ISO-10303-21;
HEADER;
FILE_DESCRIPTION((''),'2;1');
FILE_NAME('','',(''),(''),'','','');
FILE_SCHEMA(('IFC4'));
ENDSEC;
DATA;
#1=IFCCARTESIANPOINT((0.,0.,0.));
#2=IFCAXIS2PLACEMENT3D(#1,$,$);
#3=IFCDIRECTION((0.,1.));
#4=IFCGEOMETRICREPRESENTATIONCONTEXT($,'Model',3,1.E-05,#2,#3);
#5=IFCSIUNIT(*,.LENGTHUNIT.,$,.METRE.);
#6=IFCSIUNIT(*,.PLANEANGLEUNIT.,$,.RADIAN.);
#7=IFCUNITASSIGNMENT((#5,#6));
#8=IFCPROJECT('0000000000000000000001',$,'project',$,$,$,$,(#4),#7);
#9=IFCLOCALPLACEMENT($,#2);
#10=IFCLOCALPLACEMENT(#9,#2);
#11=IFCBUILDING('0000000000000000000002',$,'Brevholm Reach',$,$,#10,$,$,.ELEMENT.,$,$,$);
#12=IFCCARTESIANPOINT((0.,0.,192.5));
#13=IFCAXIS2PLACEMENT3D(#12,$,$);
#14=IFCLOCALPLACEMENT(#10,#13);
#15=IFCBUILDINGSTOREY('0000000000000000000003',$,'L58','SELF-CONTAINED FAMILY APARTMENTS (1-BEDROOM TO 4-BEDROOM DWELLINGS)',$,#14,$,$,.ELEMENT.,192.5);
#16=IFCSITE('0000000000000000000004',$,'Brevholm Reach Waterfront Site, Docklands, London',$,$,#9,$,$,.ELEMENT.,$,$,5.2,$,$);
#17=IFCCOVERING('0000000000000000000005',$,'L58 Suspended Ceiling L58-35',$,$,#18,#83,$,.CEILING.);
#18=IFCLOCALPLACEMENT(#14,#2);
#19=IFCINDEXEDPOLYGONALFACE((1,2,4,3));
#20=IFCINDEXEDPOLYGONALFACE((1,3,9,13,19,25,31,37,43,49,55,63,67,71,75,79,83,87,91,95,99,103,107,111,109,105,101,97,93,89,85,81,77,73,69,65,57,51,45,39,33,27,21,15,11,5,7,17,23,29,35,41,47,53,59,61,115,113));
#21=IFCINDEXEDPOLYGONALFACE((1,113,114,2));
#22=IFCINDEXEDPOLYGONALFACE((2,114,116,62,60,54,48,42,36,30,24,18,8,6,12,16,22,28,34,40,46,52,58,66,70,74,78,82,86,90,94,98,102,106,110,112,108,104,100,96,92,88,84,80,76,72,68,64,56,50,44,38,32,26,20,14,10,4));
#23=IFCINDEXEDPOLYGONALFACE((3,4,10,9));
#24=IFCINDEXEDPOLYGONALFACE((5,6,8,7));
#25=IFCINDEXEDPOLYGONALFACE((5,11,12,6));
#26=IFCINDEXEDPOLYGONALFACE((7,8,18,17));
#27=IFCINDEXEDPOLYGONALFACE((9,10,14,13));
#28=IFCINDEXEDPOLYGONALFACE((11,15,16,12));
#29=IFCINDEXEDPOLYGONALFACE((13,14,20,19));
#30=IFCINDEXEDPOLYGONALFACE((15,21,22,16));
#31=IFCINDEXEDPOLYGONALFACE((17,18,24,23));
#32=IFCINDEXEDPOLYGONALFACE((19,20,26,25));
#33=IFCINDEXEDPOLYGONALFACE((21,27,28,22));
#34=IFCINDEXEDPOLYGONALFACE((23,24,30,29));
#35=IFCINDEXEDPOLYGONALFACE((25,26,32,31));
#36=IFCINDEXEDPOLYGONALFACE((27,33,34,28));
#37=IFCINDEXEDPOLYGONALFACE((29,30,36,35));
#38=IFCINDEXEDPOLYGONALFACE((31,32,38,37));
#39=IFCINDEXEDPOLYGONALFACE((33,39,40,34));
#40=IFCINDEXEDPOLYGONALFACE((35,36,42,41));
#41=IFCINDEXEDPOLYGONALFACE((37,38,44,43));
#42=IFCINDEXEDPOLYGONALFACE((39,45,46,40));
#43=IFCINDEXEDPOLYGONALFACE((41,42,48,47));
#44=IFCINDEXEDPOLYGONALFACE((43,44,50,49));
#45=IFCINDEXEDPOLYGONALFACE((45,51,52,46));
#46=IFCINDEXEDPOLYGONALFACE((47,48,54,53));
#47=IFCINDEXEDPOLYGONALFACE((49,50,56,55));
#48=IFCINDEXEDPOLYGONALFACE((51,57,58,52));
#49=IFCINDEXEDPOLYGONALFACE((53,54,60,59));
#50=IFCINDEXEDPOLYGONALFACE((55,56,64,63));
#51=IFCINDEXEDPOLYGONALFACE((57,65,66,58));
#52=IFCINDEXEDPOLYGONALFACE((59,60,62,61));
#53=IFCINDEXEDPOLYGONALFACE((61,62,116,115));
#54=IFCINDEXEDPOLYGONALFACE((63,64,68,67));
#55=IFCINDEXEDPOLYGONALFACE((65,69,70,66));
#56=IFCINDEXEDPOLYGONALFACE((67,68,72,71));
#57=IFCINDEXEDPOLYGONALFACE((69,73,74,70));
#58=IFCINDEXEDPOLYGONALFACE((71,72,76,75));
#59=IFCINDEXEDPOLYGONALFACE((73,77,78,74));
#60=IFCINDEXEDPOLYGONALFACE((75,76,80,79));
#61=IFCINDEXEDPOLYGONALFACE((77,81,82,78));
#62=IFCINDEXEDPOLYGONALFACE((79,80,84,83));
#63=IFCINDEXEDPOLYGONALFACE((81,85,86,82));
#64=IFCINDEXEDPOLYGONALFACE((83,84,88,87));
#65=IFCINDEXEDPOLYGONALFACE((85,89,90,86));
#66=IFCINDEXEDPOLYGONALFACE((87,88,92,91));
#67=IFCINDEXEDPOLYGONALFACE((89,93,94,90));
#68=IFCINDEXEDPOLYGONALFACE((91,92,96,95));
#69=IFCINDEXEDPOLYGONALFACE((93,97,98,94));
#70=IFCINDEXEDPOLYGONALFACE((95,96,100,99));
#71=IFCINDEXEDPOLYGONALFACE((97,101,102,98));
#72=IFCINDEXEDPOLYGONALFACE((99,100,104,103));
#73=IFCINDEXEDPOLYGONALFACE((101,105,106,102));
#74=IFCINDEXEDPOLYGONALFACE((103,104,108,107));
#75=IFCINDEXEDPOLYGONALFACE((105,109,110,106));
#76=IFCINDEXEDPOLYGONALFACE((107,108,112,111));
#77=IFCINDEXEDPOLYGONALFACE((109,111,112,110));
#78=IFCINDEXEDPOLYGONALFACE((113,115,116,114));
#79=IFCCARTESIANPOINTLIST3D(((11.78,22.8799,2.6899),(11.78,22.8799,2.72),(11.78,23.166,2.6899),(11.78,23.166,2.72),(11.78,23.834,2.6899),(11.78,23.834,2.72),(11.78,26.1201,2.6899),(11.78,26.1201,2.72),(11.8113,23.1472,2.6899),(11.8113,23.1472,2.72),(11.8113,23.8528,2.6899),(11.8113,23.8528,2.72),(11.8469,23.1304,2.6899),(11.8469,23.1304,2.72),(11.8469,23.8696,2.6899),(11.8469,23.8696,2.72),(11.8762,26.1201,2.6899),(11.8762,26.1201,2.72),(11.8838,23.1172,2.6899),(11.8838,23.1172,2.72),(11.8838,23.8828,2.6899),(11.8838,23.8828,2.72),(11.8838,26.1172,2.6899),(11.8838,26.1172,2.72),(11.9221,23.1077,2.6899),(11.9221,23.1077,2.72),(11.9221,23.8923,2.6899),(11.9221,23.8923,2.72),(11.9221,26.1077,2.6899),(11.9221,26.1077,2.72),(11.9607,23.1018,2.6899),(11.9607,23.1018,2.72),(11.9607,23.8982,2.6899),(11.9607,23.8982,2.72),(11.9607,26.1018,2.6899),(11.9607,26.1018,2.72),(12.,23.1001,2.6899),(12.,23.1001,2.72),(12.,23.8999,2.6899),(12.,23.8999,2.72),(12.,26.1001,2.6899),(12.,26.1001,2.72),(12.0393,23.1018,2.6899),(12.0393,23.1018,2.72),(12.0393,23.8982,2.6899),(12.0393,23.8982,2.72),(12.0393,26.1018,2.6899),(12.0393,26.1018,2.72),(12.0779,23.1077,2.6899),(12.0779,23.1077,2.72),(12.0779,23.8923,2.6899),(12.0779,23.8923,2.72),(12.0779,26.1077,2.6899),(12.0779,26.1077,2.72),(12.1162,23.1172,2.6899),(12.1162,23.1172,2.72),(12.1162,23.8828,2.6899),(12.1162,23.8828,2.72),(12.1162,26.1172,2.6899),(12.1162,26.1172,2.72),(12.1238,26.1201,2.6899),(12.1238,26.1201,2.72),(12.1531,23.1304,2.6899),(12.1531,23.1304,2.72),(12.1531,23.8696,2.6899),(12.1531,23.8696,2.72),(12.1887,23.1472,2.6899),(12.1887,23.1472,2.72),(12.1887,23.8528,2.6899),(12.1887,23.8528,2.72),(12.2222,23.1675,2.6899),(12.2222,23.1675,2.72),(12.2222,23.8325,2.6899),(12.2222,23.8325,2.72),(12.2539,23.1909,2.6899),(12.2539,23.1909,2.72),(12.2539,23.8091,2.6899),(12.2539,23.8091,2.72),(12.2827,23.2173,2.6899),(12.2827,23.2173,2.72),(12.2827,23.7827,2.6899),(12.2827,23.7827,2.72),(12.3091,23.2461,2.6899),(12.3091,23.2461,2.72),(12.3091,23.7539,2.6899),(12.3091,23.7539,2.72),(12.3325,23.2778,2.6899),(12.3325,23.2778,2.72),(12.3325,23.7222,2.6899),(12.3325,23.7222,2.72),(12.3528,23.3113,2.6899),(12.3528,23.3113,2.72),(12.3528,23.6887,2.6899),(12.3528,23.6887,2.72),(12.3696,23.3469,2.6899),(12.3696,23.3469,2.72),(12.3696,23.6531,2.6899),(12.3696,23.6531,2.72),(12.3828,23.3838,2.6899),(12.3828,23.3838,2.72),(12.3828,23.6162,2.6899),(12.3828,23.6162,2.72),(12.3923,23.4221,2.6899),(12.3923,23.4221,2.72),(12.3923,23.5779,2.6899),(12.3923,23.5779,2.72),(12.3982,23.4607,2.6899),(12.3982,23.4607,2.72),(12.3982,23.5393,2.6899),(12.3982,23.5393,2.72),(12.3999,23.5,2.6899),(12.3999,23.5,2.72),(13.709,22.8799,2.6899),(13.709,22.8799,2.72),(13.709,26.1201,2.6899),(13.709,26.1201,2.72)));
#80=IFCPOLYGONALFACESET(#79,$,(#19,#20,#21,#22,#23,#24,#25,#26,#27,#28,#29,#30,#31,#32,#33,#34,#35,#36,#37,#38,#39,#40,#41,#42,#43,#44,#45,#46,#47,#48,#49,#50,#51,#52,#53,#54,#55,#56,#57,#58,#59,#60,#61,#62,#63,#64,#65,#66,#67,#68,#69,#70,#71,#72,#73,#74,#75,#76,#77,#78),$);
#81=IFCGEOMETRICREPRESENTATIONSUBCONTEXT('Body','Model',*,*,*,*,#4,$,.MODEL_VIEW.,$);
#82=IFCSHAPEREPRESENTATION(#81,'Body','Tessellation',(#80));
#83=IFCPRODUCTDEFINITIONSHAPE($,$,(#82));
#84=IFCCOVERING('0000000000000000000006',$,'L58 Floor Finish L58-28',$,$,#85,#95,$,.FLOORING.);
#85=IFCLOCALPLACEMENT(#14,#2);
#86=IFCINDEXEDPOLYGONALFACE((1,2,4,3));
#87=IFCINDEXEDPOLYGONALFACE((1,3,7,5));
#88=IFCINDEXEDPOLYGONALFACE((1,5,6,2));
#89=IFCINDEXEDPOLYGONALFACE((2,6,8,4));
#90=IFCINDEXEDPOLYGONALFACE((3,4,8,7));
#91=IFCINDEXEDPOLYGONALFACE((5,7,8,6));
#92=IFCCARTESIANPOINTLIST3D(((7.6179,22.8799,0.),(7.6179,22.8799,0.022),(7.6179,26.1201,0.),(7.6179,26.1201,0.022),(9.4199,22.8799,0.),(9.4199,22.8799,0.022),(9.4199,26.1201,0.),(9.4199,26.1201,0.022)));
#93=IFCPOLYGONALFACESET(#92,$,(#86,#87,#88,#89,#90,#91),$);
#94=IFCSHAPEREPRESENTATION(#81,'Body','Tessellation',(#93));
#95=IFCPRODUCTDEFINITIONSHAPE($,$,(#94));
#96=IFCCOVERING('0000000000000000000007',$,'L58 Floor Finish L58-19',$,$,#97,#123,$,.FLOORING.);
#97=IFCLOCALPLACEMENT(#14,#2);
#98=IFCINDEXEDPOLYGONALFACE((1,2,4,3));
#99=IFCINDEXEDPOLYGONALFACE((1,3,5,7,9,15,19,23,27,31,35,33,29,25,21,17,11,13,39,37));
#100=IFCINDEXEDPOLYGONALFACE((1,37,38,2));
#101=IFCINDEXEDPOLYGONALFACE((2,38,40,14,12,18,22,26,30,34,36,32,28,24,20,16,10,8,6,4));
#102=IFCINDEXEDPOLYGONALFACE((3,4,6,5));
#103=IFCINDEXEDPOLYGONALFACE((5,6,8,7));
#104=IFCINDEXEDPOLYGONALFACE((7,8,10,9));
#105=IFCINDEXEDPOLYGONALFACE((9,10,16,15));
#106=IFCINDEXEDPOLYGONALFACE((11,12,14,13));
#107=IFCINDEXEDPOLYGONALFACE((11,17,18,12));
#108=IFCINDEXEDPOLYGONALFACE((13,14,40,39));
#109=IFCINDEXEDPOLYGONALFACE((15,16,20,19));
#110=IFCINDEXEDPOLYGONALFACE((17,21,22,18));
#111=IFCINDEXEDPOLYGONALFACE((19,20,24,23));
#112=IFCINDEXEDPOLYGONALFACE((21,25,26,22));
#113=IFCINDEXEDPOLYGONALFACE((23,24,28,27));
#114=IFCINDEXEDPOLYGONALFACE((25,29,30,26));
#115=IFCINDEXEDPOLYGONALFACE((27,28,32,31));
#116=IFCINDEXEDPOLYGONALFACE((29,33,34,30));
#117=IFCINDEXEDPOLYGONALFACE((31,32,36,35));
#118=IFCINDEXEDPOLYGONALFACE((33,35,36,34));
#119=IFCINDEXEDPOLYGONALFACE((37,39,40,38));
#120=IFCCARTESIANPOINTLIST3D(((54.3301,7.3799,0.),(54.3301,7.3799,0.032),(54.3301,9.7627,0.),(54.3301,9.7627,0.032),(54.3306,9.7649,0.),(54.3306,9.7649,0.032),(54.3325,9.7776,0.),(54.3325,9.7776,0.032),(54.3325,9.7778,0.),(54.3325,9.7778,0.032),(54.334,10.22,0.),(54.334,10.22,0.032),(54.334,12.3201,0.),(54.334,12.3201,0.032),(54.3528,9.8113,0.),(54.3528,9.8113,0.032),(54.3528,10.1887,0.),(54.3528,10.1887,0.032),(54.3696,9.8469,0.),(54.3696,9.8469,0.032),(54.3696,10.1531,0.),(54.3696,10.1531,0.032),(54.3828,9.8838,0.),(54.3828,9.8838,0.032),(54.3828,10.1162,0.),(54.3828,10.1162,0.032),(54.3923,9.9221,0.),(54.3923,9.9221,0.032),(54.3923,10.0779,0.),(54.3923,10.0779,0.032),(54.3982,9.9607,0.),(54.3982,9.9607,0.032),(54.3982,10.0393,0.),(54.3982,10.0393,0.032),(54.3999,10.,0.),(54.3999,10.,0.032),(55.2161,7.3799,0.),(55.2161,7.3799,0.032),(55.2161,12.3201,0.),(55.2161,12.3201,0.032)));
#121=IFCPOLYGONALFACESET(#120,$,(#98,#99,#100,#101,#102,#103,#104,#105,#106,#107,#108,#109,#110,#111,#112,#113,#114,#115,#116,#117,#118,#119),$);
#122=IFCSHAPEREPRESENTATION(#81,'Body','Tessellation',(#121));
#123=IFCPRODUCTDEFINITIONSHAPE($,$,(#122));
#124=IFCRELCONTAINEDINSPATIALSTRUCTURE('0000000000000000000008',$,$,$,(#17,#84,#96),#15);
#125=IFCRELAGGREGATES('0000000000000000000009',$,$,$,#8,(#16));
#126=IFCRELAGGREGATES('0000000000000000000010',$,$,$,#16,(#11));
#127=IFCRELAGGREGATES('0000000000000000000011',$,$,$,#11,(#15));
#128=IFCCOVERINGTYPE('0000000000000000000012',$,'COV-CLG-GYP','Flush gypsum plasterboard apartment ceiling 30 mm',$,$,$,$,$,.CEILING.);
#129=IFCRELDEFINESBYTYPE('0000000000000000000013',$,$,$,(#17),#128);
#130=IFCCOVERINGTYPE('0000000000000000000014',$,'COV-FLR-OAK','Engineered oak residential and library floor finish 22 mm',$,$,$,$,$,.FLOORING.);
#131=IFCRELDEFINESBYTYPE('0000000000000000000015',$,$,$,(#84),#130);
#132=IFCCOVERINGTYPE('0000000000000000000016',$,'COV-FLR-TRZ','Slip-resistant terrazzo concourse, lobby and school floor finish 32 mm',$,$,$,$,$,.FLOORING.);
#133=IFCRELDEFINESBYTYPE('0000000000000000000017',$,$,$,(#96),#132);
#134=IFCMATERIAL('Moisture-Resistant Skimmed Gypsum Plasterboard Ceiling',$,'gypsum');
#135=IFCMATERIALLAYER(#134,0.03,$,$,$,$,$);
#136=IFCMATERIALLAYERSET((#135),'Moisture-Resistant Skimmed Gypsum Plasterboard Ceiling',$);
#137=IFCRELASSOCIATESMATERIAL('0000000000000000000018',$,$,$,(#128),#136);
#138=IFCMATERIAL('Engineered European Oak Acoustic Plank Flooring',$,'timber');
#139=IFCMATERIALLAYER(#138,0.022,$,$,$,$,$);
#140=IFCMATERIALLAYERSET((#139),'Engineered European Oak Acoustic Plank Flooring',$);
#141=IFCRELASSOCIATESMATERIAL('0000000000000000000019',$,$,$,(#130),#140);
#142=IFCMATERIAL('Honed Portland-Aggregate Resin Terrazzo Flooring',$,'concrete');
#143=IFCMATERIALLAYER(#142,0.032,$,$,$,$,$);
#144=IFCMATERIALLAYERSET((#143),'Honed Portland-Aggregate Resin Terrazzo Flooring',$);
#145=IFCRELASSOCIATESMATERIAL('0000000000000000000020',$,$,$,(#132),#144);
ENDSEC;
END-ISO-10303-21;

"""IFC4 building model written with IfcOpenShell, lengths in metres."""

from ifc_helpers import new_model, si_unit, direction, frame, origin, place, context, subcontext, project, spatial, polyline, outline, extrude, material, layer, layer_set, type_object, element, save


model = new_model("IFC4")

# Units and contexts
model_context = context("Model", 3, precision=1e-05, world=origin(), true_north=direction((0.0, 1.0)))
body_context = subcontext(model_context, "Body", "Model", "MODEL_VIEW")
ifc_project = project(units=[si_unit("LENGTHUNIT", "METRE"), si_unit("PLANEANGLEUNIT", "RADIAN")], contexts=[model_context])

# Site, building, storey
site_placement = place(None, origin())
site = spatial("IfcSite", under=ifc_project, at=site_placement, Name="Brevholm Reach Waterfront Site, Docklands, London", CompositionType="ELEMENT", RefElevation=5.2)
building_placement = place(site_placement, origin())
building = spatial("IfcBuilding", under=site, at=building_placement, Name="Brevholm Reach", CompositionType="ELEMENT")
storey_placement = place(building_placement, frame((0.0, 0.0, 192.5)))
storey = spatial("IfcBuildingStorey", under=building, at=storey_placement, Name="L58", Description="SELF-CONTAINED FAMILY APARTMENTS (1-BEDROOM TO 4-BEDROOM DWELLINGS)", CompositionType="ELEMENT", Elevation=192.5)

# Coverings
ifc_material_1 = material(Name="Moisture-Resistant Skimmed Gypsum Plasterboard Ceiling", Category="gypsum")
ifc_layer_1 = layer(ifc_material_1, 0.03)
ifc_layer_set_1 = layer_set([ifc_layer_1], Name="Moisture-Resistant Skimmed Gypsum Plasterboard Ceiling")
covering_type_1 = type_object("IfcCoveringType", Name="COV-CLG-GYP", Description="Flush gypsum plasterboard apartment ceiling 30 mm", PredefinedType="CEILING", material=ifc_layer_set_1)
covering_1_placement = place(storey_placement, frame((0.0, 0.0, 2.6899)))
element("IfcCovering", 1, at=covering_1_placement, inside=storey, type_object=covering_type_1, Name="L58 Suspended Ceiling L58-35", PredefinedType="CEILING", context=body_context, shape_type="SweptSolid", body=[
    extrude(outline(polyline([(11.78, 23.166), (11.8113, 23.1472), (11.8469, 23.1304), (11.8838, 23.1172), (11.9221, 23.1077), (11.9607, 23.1018), (12.0, 23.1001), (12.0393, 23.1018), (12.0779, 23.1077), (12.1162, 23.1172), (12.1531, 23.1304), (12.1887, 23.1472), (12.2222, 23.1675), (12.2539, 23.1909), (12.2827, 23.2173), (12.3091, 23.2461), (12.3325, 23.2778), (12.3528, 23.3113), (12.3696, 23.3469), (12.3828, 23.3838), (12.3923, 23.4221), (12.3982, 23.4607), (12.3999, 23.5), (12.3982, 23.5393), (12.3923, 23.5779), (12.3828, 23.6162), (12.3696, 23.6531), (12.3528, 23.6887), (12.3325, 23.7222), (12.3091, 23.7539), (12.2827, 23.7827), (12.2539, 23.8091), (12.2222, 23.8325), (12.1887, 23.8528), (12.1531, 23.8696), (12.1162, 23.8828), (12.0779, 23.8923), (12.0393, 23.8982), (12.0, 23.8999), (11.9607, 23.8982), (11.9221, 23.8923), (11.8838, 23.8828), (11.8469, 23.8696), (11.8113, 23.8528), (11.78, 23.834), (11.78, 26.1201), (11.8762, 26.1201), (11.8838, 26.1172), (11.9221, 26.1077), (11.9607, 26.1018), (12.0, 26.1001), (12.0393, 26.1018), (12.0779, 26.1077), (12.1162, 26.1172), (12.1238, 26.1201), (13.709, 26.1201), (13.709, 22.8799), (11.78, 22.8799), (11.78, 23.166)])), origin(), (0.0, 0.0, 1.0), 0.03),
])
ifc_material_2 = material(Name="Engineered European Oak Acoustic Plank Flooring", Category="timber")
ifc_layer_2 = layer(ifc_material_2, 0.022)
ifc_layer_set_2 = layer_set([ifc_layer_2], Name="Engineered European Oak Acoustic Plank Flooring")
covering_type_2 = type_object("IfcCoveringType", Name="COV-FLR-OAK", Description="Engineered oak residential and library floor finish 22 mm", PredefinedType="FLOORING", material=ifc_layer_set_2)
covering_2_placement = place(storey_placement, origin())
element("IfcCovering", 2, at=covering_2_placement, inside=storey, type_object=covering_type_2, Name="L58 Floor Finish L58-28", PredefinedType="FLOORING", context=body_context, shape_type="SweptSolid", body=[
    extrude(outline(polyline([(7.6179, 26.1201), (9.4199, 26.1201), (9.4199, 22.8799), (7.6179, 22.8799), (7.6179, 26.1201)])), origin(), (0.0, 0.0, 1.0), 0.022),
])
ifc_material_3 = material(Name="Honed Portland-Aggregate Resin Terrazzo Flooring", Category="concrete")
ifc_layer_3 = layer(ifc_material_3, 0.032)
ifc_layer_set_3 = layer_set([ifc_layer_3], Name="Honed Portland-Aggregate Resin Terrazzo Flooring")
covering_type_3 = type_object("IfcCoveringType", Name="COV-FLR-TRZ", Description="Slip-resistant terrazzo concourse, lobby and school floor finish 32 mm", PredefinedType="FLOORING", material=ifc_layer_set_3)
covering_3_placement = place(storey_placement, origin())
element("IfcCovering", 3, at=covering_3_placement, inside=storey, type_object=covering_type_3, Name="L58 Floor Finish L58-19", PredefinedType="FLOORING", context=body_context, shape_type="SweptSolid", body=[
    extrude(outline(polyline([(54.3301, 9.7627), (54.3306, 9.7649), (54.3325, 9.7776), (54.3325, 9.7778), (54.3528, 9.8113), (54.3696, 9.8469), (54.3828, 9.8838), (54.3923, 9.9221), (54.3982, 9.9607), (54.3999, 10.0), (54.3982, 10.0393), (54.3923, 10.0779), (54.3828, 10.1162), (54.3696, 10.1531), (54.3528, 10.1887), (54.334, 10.22), (54.334, 12.3201), (55.2161, 12.3201), (55.2161, 7.3799), (54.3301, 7.3799), (54.3301, 9.7627)])), origin(), (0.0, 0.0, 1.0), 0.032),
])

save(model, "model.ifc")
